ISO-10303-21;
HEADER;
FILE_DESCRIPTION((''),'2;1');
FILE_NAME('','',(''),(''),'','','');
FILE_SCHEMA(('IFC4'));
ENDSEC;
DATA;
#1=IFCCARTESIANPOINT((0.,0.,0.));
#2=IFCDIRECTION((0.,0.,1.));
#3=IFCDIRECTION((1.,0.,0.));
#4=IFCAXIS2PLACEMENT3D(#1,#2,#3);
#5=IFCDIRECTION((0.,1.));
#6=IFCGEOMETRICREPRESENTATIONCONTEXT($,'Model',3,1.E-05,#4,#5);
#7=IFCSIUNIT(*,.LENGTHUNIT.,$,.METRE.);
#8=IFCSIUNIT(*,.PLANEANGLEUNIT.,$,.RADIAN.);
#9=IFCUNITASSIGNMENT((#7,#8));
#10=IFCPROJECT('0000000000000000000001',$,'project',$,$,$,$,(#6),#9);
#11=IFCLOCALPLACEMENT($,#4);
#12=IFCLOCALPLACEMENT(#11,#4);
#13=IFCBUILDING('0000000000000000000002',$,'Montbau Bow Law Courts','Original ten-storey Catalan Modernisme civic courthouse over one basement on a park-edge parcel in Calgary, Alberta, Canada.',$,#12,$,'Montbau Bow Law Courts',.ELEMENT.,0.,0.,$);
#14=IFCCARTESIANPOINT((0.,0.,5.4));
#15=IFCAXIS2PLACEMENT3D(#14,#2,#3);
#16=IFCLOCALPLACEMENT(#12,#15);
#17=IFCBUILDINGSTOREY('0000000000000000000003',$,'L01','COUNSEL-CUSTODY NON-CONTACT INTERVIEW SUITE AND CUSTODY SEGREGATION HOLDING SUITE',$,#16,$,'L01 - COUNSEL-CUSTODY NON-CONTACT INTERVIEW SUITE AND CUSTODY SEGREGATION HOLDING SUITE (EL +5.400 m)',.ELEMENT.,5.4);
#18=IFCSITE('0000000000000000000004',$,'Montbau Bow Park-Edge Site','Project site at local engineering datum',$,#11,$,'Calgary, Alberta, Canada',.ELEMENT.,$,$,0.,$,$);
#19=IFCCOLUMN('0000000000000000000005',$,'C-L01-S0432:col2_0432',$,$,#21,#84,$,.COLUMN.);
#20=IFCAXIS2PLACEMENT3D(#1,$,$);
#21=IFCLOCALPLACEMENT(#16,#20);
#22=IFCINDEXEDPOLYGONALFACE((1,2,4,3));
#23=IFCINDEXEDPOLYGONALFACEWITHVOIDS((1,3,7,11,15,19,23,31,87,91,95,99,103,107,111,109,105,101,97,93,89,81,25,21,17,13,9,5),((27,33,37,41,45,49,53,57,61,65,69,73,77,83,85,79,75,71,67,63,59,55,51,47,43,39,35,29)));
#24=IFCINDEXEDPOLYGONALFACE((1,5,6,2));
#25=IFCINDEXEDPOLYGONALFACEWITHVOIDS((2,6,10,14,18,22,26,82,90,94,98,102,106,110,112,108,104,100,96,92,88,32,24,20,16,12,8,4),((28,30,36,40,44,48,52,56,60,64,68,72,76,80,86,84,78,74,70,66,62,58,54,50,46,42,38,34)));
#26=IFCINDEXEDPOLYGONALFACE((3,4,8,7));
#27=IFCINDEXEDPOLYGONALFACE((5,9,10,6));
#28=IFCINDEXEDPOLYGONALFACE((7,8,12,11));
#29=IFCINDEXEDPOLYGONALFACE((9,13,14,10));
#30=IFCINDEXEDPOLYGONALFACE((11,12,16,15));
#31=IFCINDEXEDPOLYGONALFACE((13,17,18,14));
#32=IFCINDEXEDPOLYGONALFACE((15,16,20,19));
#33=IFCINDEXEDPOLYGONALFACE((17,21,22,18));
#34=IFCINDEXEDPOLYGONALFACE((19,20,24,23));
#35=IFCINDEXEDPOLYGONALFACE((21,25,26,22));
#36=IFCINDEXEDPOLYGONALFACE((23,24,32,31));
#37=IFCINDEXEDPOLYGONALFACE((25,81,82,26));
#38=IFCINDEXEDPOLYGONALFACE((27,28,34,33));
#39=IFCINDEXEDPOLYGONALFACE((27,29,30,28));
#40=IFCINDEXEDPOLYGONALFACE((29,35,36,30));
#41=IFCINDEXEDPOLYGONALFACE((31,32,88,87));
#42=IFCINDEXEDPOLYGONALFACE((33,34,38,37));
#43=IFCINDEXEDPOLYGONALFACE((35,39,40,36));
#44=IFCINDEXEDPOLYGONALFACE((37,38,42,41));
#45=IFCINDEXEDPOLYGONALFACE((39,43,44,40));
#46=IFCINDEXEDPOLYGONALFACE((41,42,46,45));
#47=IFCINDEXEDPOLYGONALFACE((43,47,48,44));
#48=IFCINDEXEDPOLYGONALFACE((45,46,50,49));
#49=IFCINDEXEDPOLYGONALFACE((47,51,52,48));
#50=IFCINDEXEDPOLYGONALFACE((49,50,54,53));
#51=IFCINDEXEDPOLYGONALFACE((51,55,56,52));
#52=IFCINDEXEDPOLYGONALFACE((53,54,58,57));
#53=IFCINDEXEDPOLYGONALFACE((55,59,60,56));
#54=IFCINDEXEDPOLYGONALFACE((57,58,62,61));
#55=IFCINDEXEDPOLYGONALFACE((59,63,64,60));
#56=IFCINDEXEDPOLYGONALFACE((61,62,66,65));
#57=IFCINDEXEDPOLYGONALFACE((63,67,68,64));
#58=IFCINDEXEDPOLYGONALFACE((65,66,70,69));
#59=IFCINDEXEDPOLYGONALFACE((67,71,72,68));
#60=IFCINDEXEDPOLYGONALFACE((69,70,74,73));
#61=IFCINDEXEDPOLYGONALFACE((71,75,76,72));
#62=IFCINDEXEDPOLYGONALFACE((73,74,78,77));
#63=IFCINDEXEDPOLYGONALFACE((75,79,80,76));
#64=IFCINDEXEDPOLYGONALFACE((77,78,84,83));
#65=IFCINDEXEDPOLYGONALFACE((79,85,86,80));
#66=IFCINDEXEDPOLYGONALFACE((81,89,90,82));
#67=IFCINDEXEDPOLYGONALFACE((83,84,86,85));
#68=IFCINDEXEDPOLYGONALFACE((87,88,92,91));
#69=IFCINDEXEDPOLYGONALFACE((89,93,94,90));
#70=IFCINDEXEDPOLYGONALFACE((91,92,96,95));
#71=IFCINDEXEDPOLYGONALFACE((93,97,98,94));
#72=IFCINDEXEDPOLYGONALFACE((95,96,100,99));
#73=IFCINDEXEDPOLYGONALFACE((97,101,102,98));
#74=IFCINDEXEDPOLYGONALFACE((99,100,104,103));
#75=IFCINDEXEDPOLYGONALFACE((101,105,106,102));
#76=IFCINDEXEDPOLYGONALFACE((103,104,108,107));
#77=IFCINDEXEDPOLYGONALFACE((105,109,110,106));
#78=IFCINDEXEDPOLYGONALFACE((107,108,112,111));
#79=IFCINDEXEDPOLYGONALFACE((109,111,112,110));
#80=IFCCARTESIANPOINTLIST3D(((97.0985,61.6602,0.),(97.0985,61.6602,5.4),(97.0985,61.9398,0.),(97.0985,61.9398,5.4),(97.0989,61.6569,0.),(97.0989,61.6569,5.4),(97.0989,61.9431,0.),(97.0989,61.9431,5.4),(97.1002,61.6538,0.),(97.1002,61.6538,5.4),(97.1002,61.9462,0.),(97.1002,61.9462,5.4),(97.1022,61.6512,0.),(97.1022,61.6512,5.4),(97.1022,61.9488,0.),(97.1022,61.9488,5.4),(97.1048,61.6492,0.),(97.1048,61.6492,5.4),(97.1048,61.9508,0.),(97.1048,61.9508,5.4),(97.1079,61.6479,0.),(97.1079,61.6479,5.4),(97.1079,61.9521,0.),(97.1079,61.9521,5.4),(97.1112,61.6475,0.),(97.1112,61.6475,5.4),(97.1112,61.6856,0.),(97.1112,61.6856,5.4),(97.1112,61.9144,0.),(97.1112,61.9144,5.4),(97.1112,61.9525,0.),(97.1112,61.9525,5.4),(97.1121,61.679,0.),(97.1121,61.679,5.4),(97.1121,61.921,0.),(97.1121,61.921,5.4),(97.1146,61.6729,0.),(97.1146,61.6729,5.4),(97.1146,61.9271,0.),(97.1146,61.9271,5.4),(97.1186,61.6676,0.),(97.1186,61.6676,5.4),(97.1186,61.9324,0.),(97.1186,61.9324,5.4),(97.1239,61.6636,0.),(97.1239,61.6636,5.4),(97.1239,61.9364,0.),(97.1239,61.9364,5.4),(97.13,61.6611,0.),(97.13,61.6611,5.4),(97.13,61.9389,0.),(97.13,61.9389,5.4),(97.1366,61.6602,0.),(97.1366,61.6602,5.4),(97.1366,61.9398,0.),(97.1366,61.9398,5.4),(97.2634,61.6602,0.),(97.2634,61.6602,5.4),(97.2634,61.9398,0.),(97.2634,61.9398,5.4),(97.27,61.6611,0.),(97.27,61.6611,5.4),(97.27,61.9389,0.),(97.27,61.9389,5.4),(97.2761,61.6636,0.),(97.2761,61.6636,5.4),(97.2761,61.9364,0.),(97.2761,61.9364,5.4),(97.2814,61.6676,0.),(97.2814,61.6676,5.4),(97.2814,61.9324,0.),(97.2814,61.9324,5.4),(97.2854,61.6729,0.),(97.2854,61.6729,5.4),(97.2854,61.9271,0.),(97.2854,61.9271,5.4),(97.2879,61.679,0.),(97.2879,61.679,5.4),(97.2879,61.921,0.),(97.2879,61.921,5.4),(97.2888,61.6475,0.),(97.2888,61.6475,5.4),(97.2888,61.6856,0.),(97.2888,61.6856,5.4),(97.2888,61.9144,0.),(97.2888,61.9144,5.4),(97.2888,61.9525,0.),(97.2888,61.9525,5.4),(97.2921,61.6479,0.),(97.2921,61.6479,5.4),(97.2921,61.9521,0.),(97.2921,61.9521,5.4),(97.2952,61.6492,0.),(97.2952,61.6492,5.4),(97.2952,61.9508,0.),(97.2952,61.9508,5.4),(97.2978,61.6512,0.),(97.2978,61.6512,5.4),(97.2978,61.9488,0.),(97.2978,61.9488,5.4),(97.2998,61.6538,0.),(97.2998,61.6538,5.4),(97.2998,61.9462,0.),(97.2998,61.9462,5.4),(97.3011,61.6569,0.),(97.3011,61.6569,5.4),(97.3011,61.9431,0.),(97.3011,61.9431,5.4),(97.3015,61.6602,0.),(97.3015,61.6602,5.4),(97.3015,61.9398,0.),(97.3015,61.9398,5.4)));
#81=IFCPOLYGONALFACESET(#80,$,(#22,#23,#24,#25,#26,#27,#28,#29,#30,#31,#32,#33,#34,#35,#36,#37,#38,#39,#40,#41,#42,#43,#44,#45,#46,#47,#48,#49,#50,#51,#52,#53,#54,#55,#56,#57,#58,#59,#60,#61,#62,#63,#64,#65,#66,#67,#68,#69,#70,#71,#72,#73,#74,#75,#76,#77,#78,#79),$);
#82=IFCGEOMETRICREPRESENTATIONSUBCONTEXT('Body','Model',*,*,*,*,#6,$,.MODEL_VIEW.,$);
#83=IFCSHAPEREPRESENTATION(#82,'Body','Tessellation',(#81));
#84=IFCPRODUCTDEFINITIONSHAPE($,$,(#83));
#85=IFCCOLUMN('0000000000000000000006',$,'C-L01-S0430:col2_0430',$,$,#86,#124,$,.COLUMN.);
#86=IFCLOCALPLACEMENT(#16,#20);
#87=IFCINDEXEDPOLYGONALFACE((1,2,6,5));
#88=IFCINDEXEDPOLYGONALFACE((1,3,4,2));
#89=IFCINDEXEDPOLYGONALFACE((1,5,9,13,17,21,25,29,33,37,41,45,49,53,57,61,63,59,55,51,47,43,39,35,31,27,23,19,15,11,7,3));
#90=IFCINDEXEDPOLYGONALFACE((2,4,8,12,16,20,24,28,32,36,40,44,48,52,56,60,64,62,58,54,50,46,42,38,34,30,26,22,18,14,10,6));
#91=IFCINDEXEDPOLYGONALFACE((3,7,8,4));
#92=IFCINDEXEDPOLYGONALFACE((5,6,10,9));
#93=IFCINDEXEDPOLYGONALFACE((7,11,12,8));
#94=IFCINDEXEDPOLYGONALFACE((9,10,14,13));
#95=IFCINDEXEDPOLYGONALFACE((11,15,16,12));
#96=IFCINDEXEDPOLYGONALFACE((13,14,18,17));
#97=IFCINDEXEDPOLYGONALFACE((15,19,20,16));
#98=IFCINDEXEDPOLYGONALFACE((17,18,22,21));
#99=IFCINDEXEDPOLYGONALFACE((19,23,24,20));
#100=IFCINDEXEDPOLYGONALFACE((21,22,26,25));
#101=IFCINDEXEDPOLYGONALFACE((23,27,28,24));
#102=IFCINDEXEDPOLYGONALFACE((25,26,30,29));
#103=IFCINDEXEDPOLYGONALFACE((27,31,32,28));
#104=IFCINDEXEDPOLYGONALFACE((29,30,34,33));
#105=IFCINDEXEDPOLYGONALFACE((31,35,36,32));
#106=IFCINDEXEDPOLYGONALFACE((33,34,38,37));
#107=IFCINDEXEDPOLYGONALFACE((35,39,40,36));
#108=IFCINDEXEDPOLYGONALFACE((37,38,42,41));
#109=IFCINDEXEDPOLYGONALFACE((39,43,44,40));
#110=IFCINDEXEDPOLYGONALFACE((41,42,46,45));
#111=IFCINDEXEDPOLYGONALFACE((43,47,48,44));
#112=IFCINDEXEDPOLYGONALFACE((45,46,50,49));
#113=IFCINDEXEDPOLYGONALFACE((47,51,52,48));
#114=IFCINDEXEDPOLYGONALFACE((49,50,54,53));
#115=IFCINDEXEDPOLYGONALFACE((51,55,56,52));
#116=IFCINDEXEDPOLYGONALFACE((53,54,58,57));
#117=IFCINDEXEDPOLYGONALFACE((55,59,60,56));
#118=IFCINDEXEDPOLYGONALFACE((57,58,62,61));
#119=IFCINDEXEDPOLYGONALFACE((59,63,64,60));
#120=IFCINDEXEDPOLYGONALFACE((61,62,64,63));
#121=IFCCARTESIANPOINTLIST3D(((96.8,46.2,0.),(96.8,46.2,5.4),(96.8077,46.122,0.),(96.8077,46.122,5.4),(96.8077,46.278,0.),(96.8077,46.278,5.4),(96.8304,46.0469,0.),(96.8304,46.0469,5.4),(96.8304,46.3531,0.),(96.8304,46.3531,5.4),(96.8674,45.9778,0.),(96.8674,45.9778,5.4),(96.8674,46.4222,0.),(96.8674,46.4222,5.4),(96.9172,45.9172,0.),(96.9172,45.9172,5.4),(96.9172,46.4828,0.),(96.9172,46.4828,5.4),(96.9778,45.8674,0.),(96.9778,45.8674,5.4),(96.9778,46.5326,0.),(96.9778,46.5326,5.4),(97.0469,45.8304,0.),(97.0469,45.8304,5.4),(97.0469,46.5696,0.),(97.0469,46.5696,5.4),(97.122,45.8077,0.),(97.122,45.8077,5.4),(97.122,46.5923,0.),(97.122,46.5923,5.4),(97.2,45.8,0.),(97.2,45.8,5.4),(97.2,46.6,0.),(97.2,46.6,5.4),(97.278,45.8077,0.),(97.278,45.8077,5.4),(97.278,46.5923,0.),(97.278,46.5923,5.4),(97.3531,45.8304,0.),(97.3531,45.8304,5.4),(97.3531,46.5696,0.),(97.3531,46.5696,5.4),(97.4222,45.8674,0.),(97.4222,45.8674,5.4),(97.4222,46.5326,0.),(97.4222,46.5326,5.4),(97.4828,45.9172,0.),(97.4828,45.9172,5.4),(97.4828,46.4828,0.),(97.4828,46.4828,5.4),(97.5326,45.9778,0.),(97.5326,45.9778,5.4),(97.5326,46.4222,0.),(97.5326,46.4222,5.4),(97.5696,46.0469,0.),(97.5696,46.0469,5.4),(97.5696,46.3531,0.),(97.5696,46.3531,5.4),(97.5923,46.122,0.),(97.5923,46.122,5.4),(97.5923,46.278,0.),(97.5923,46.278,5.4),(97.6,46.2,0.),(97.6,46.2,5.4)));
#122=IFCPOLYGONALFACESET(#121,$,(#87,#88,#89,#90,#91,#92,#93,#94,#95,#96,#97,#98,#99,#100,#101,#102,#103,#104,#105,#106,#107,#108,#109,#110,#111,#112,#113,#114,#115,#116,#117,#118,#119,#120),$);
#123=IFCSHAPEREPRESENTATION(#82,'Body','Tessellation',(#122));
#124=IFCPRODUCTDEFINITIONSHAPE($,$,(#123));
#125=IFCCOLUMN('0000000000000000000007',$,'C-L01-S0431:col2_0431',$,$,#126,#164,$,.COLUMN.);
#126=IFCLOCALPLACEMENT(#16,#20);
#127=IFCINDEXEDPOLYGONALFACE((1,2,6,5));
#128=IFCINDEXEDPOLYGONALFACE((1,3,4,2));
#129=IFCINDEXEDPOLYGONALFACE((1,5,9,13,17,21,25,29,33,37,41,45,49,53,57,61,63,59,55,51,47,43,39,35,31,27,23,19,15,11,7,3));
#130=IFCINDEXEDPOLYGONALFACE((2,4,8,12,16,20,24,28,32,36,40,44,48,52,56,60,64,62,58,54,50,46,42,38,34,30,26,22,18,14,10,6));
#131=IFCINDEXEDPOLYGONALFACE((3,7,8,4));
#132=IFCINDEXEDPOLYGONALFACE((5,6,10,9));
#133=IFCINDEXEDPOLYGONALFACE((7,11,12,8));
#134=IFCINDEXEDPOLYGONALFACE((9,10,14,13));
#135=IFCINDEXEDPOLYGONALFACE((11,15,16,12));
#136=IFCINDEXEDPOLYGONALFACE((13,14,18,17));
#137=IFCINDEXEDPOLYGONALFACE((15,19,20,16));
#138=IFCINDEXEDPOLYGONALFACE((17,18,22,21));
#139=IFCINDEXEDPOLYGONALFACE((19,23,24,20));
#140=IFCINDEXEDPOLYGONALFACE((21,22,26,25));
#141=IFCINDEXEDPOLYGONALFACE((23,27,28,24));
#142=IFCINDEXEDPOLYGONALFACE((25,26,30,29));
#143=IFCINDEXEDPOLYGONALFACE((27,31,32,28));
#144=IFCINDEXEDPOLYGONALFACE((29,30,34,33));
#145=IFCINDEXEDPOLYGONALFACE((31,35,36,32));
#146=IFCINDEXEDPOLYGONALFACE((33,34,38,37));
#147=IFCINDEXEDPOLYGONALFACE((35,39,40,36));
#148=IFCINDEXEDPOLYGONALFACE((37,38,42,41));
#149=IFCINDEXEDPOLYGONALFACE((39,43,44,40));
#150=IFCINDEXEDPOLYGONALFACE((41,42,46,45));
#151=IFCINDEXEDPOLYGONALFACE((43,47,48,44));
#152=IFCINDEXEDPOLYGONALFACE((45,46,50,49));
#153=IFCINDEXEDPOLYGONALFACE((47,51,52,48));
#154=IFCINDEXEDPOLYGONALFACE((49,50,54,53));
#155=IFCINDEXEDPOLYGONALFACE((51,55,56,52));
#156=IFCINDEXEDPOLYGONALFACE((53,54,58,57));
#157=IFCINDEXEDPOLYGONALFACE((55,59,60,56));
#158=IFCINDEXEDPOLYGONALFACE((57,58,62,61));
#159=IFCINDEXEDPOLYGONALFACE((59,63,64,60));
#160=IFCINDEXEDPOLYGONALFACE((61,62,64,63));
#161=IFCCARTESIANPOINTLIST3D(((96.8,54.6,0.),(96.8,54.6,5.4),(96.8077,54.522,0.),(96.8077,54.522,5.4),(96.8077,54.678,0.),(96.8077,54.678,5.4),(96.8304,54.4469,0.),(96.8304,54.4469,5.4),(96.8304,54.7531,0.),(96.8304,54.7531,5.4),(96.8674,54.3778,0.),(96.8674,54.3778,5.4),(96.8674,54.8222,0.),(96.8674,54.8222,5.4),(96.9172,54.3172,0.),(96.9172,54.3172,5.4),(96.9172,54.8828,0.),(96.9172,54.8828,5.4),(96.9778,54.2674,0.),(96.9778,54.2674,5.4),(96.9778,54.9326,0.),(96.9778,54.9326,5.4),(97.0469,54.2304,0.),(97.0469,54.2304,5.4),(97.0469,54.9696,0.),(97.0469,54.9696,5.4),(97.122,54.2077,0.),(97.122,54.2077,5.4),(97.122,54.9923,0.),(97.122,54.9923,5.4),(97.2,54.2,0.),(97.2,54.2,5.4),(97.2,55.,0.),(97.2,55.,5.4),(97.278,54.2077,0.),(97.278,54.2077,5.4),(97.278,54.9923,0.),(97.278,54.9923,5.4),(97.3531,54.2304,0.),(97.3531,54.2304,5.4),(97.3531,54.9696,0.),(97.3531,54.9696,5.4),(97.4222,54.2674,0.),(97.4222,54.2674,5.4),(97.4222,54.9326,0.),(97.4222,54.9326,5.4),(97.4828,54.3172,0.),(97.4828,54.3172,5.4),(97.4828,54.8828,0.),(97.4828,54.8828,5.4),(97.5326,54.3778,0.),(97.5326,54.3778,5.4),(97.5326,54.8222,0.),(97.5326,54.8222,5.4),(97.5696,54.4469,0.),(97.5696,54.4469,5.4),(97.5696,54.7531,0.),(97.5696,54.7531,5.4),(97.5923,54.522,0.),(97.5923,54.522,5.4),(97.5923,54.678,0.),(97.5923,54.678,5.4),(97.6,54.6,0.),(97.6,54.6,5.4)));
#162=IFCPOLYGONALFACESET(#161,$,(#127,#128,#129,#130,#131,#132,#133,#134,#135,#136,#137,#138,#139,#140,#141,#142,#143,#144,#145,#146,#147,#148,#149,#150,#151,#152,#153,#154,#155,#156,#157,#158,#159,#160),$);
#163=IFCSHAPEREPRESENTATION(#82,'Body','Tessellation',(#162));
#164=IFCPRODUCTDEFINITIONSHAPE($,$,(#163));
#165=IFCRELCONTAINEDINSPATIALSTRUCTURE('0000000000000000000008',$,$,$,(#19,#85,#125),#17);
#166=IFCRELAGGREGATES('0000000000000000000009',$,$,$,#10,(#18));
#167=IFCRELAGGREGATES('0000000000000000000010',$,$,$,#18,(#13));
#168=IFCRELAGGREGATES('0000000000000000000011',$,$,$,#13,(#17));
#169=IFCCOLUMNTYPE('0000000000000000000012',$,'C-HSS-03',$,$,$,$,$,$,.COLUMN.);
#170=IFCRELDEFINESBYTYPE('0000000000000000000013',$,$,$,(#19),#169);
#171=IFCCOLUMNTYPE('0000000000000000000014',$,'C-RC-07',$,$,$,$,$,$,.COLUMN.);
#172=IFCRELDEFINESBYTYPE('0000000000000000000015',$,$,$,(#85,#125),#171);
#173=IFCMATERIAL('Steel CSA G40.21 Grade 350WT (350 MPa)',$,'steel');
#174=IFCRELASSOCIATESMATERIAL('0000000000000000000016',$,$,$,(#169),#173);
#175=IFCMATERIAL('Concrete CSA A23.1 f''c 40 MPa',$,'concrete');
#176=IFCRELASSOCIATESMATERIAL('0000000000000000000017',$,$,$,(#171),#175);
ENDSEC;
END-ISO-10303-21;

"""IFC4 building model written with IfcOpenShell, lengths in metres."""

from ifc_helpers import new_model, si_unit, direction, frame, origin_with_axes, origin_2d_with_axis, place, context, subcontext, project, spatial, hollow_rectangle, circle, extrude, material, material_profile, profile_set, type_object, element, save


model = new_model("IFC4")

# Units and contexts
model_context = context("Model", 3, precision=1e-05, world=origin_with_axes(), true_north=direction((0.0, 1.0)))
body_context = subcontext(model_context, "Body", "Model", "MODEL_VIEW")
ifc_project = project(units=[si_unit("LENGTHUNIT", "METRE"), si_unit("PLANEANGLEUNIT", "RADIAN")], contexts=[model_context])

# Site, building, storey
site_placement = place(None, origin_with_axes())
site = spatial("IfcSite", under=ifc_project, at=site_placement, Name="Montbau Bow Park-Edge Site", Description="Project site at local engineering datum", LongName="Calgary, Alberta, Canada", CompositionType="ELEMENT", RefElevation=0.0)
building_placement = place(site_placement, origin_with_axes())
building = spatial("IfcBuilding", under=site, at=building_placement, Name="Montbau Bow Law Courts", Description="Original ten-storey Catalan Modernisme civic courthouse over one basement on a park-edge parcel in Calgary, Alberta, Canada.", LongName="Montbau Bow Law Courts", CompositionType="ELEMENT", ElevationOfRefHeight=0.0, ElevationOfTerrain=0.0)
storey_placement = place(building_placement, frame((0.0, 0.0, 5.4), z_axis=(0.0, 0.0, 1.0), x_axis=(1.0, 0.0, 0.0)))
storey = spatial("IfcBuildingStorey", under=building, at=storey_placement, Name="L01", Description="COUNSEL-CUSTODY NON-CONTACT INTERVIEW SUITE AND CUSTODY SEGREGATION HOLDING SUITE", LongName="L01 - COUNSEL-CUSTODY NON-CONTACT INTERVIEW SUITE AND CUSTODY SEGREGATION HOLDING SUITE (EL +5.400 m)", CompositionType="ELEMENT", Elevation=5.4)

# Columns
ifc_material_1 = material(Name="Steel CSA G40.21 Grade 350WT (350 MPa)", Category="steel")
ifc_material_profile_1 = material_profile(ifc_material_1, hollow_rectangle(XDim=0.203, YDim=0.305, WallThickness=0.0127, InnerFilletRadius=0.0254, OuterFilletRadius=0.0127, at=origin_2d_with_axis()), Name="HSS305X203X13", Category="Main", Priority=0)
ifc_profile_set_1 = profile_set([ifc_material_profile_1], Name="Steel CSA G40.21 Grade 350WT (350 MPa)")
column_type_1 = type_object("IfcColumnType", Name="C-HSS-03", PredefinedType="COLUMN", material=ifc_profile_set_1)
column_placement = place(None, frame((97.2, 61.8, 5.4), z_axis=(0.0, 0.0, 1.0), x_axis=(1.0, 0.0, 0.0)))
element("IfcColumn", 1, at=column_placement, inside=storey, type_object=column_type_1, Name="C-L01-S0432:col2_0432", PredefinedType="COLUMN", context=body_context, shape_type="SweptSolid", body=[
    extrude(hollow_rectangle(XDim=0.203, YDim=0.305, WallThickness=0.0127, InnerFilletRadius=0.0254, OuterFilletRadius=0.0127, at=origin_2d_with_axis()), origin_with_axes(), (0.0, 0.0, 1.0), 5.4),
])
ifc_material_2 = material(Name="Concrete CSA A23.1 f'c 40 MPa", Category="concrete")
ifc_material_profile_2 = material_profile(ifc_material_2, circle(Radius=0.4, at=origin_2d_with_axis()), Name="RC800D", Category="Main", Priority=0)
ifc_profile_set_2 = profile_set([ifc_material_profile_2], Name="Concrete CSA A23.1 f'c 40 MPa")
column_type_2 = type_object("IfcColumnType", Name="C-RC-07", PredefinedType="COLUMN", material=ifc_profile_set_2)
for number, where, z_axis, x_axis, name in (
    (2, (97.2, 46.2, 5.4), (0.0, 0.0, 1.0), (1.0, 0.0, 0.0), "C-L01-S0430:col2_0430"),
    (3, (97.2, 54.6, 5.4), (0.0, 0.0, 1.0), (1.0, 0.0, 0.0), "C-L01-S0431:col2_0431"),
):
    element("IfcColumn", number, at=place(None, frame(where, z_axis=z_axis, x_axis=x_axis)), inside=storey, type_object=column_type_2, Name=name, PredefinedType="COLUMN", context=body_context, shape_type="SweptSolid", body=[
        extrude(circle(Radius=0.4, at=origin_2d_with_axis()), origin_with_axes(), (0.0, 0.0, 1.0), 5.4),
    ])

save(model, "model.ifc")
